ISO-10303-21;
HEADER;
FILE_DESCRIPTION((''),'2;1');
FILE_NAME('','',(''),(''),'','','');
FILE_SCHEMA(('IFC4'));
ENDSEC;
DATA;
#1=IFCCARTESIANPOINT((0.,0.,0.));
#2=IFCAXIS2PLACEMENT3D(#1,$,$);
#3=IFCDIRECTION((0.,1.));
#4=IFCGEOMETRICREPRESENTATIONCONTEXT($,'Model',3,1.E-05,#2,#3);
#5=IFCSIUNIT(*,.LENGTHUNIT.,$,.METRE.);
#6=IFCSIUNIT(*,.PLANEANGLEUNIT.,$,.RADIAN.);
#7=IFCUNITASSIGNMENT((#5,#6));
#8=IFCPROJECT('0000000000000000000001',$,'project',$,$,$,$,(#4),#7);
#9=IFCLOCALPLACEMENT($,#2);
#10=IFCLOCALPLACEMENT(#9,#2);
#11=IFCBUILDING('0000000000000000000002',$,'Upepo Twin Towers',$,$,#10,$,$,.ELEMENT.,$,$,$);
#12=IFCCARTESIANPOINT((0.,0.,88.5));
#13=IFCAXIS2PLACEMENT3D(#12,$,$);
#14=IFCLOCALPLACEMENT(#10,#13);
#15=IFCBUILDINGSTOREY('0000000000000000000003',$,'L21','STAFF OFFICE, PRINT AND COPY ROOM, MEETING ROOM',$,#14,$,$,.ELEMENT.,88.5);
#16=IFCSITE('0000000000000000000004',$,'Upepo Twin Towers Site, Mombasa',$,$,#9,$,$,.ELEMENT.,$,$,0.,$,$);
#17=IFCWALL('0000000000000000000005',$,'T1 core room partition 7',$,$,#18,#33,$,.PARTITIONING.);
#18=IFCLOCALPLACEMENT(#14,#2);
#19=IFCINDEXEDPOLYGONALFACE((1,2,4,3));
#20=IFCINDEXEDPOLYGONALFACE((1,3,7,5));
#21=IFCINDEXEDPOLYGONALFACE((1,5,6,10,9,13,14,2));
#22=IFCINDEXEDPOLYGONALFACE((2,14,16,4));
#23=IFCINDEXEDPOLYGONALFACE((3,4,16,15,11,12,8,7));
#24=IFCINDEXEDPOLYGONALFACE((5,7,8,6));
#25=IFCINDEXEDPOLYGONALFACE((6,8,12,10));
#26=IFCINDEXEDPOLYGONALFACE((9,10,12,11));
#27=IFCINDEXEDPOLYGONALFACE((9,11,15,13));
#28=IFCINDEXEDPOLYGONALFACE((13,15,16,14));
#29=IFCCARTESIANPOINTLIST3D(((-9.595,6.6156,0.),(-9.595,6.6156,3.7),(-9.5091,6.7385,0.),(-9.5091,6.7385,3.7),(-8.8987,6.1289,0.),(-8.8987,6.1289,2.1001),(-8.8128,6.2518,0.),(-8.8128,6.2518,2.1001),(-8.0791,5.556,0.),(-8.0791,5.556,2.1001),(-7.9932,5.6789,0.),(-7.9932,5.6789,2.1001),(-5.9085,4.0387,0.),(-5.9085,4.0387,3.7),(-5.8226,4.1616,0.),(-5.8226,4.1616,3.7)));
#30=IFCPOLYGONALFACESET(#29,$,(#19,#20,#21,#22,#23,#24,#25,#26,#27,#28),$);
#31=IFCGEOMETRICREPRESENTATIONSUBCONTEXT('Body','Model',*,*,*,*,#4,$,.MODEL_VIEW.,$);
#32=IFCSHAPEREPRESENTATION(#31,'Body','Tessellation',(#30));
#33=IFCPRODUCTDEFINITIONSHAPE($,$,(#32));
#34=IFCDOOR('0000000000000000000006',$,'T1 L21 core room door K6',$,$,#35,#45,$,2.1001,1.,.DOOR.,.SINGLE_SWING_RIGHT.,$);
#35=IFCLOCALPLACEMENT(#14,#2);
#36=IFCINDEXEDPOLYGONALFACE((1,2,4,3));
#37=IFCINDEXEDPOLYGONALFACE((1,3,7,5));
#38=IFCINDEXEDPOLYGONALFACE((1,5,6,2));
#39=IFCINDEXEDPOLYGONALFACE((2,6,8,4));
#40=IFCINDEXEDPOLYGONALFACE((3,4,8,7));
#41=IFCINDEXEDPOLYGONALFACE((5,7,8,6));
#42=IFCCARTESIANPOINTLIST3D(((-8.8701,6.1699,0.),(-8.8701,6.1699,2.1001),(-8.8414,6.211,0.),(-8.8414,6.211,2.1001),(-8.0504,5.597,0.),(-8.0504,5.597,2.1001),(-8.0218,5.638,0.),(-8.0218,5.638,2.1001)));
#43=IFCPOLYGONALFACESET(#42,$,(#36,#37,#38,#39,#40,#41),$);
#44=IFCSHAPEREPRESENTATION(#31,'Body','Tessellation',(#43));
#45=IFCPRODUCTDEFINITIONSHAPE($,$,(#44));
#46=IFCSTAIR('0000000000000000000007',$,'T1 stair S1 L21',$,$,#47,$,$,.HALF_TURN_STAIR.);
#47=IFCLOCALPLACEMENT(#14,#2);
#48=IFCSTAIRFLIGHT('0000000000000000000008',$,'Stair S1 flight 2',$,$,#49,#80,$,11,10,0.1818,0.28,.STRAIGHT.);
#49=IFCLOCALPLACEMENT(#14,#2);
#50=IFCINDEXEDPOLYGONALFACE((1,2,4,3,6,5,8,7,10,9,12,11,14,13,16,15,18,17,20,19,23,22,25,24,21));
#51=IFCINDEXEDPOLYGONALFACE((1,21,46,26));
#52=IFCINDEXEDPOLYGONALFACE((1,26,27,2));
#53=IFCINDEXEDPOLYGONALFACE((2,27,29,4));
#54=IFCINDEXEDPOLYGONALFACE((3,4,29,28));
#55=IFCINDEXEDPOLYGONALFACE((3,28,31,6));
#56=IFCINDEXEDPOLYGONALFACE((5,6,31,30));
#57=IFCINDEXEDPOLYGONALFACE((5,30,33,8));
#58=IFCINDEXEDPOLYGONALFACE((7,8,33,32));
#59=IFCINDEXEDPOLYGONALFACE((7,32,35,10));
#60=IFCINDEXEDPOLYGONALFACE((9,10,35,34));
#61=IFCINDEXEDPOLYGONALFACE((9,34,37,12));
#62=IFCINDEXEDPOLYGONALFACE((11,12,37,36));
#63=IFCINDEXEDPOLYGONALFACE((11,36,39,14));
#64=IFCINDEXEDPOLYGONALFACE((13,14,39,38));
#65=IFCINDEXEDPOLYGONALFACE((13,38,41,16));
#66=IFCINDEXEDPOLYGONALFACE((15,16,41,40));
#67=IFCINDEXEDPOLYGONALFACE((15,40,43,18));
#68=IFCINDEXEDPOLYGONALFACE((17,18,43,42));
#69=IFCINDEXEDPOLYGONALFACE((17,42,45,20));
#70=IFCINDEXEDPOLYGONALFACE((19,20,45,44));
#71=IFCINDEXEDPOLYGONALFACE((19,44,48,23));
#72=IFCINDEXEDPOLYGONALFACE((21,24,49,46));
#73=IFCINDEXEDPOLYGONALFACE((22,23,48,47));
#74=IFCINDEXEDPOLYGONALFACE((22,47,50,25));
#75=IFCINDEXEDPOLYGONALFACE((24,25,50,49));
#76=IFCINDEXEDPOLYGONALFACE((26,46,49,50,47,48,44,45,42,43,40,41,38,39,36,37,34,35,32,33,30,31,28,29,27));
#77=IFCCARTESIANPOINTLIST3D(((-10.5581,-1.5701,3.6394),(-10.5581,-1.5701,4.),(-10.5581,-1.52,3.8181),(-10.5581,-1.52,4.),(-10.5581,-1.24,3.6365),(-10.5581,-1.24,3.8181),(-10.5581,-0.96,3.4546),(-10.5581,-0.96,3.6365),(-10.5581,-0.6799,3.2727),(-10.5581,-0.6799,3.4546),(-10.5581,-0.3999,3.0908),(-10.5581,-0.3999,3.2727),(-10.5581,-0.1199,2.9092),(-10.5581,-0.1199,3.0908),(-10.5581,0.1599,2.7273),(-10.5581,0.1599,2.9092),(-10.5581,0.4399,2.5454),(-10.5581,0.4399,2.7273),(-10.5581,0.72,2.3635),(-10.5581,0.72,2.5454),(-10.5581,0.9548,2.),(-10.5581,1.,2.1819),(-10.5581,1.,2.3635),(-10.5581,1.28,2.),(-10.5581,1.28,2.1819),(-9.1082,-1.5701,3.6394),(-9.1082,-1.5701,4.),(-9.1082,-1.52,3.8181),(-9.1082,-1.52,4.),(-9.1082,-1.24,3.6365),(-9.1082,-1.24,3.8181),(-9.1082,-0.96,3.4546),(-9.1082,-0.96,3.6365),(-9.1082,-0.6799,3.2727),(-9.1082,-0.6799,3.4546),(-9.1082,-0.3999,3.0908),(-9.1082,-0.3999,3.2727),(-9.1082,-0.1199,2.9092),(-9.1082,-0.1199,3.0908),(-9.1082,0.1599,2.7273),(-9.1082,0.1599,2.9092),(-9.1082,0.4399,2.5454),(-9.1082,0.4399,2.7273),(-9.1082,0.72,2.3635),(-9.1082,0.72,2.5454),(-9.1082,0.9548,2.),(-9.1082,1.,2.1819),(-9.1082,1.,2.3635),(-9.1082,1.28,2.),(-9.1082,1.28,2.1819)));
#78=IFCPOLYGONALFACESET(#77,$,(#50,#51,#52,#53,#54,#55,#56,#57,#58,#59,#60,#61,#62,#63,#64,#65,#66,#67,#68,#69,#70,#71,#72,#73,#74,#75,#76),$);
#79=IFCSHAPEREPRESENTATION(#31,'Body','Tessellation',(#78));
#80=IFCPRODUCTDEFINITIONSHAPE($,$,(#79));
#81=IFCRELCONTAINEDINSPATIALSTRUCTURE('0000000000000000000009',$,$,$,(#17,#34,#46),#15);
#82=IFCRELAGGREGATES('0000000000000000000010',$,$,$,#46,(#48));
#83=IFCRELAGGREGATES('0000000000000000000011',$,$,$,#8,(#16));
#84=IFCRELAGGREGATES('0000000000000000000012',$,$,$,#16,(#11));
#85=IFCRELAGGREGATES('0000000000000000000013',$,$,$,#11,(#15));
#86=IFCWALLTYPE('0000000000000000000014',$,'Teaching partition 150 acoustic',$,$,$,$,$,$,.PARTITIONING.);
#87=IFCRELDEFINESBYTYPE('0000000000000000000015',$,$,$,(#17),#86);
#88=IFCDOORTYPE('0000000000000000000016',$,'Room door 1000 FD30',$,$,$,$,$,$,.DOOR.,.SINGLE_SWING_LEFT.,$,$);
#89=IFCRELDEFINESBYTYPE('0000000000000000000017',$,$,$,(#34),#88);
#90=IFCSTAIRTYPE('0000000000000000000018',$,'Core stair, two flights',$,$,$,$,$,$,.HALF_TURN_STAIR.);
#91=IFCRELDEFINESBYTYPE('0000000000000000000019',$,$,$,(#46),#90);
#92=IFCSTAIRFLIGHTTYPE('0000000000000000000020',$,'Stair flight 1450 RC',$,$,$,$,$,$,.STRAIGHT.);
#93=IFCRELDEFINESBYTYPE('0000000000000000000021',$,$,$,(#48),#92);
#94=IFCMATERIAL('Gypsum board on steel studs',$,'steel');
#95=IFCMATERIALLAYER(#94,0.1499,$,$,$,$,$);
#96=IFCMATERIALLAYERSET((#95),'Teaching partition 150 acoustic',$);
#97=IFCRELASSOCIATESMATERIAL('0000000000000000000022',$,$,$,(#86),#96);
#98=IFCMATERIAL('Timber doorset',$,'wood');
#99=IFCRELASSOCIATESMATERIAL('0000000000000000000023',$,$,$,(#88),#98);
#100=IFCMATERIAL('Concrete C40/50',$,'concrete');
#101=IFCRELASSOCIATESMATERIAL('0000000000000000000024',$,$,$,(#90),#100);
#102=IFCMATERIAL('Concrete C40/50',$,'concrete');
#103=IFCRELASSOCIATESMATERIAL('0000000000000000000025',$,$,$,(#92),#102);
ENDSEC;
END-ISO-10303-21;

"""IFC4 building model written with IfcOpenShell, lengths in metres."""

from ifc_helpers import new_model, si_unit, direction, frame, frame_2d, origin, place, context, subcontext, project, spatial, polyline, rectangle, outline, extrude, material, layer, layer_set, type_object, element, fill, aggregate, save


model = new_model("IFC4")

# Units and contexts
model_context = context("Model", 3, precision=1e-05, world=origin(), true_north=direction((0.0, 1.0)))
body_context = subcontext(model_context, "Body", "Model", "MODEL_VIEW")
ifc_project = project(units=[si_unit("LENGTHUNIT", "METRE"), si_unit("PLANEANGLEUNIT", "RADIAN")], contexts=[model_context])

# Site, building, storey
site_placement = place(None, origin())
site = spatial("IfcSite", under=ifc_project, at=site_placement, Name="Upepo Twin Towers Site, Mombasa", CompositionType="ELEMENT", RefElevation=0.0)
building_placement = place(site_placement, origin())
building = spatial("IfcBuilding", under=site, at=building_placement, Name="Upepo Twin Towers", CompositionType="ELEMENT")
storey_placement = place(building_placement, frame((0.0, 0.0, 88.5)))
storey = spatial("IfcBuildingStorey", under=building, at=storey_placement, Name="L21", Description="STAFF OFFICE, PRINT AND COPY ROOM, MEETING ROOM", CompositionType="ELEMENT", Elevation=88.5)

# Wall, opening, door
ifc_material_1 = material(Name="Gypsum board on steel studs", Category="steel")
ifc_layer_1 = layer(ifc_material_1, 0.1499)
ifc_layer_set_1 = layer_set([ifc_layer_1], Name="Teaching partition 150 acoustic")
wall_type_1 = type_object("IfcWallType", Name="Teaching partition 150 acoustic", PredefinedType="PARTITIONING", material=ifc_layer_set_1)
ifc_material_2 = material(Name="Timber doorset", Category="wood")
door_type_1 = type_object("IfcDoorType", Name="Room door 1000 FD30", OperationType="SINGLE_SWING_LEFT", PredefinedType="DOOR", material=ifc_material_2)
wall_1_placement = place(storey_placement, frame((-5.8655, 4.1001, 0.0), z_axis=(0.0, 0.0, 1.0), x_axis=(-0.819614, 0.572916, 0.0)))
wall_1 = element("IfcWall", 1, at=wall_1_placement, inside=storey, type_object=wall_type_1, Name="T1 core room partition 7", PredefinedType="PARTITIONING", context=body_context, shape_type="SweptSolid", body=[
    extrude(rectangle(XDim=4.4978, YDim=0.1499, at=frame_2d((2.249, 0.0))), origin(), (0.0, 0.0, 1.0), 3.7),
])
opening_1_placement = place(wall_1_placement, frame((2.6484, 0.0, 0.0)))
opening_1 = element("IfcOpeningElement", 2, at=opening_1_placement, cuts=wall_1, PredefinedType="OPENING", context=body_context, shape_type="SweptSolid", body=[
    extrude(rectangle(XDim=1.0, YDim=2.1001, at=frame_2d((0.5, 1.05))), frame((0.0, 0.085, 0.0), z_axis=(0.0, -1.0, 0.0), x_axis=(1.0, 0.0, 0.0)), (0.0, 0.0, 1.0), 0.1699),
])
door_1_placement = place(opening_1_placement, origin())
door_1 = element("IfcDoor", 3, at=door_1_placement, inside=storey, type_object=door_type_1, Name="T1 L21 core room door K6", OperationType="SINGLE_SWING_RIGHT", OverallHeight=2.1001, OverallWidth=1.0, PredefinedType="DOOR", context=body_context, shape_type="SweptSolid", body=[
    extrude(rectangle(XDim=1.0, YDim=2.1001, at=frame_2d((0.5, 1.05))), frame((0.0, 0.0249, 0.0), z_axis=(0.0, -1.0, 0.0), x_axis=(1.0, 0.0, 0.0)), (0.0, 0.0, 1.0), 0.05),
])
fill(opening_1, door_1)

# Stair, stair flight
ifc_material_3 = material(Name="Concrete C40/50", Category="concrete")
stair_type = type_object("IfcStairType", Name="Core stair, two flights", PredefinedType="HALF_TURN_STAIR", material=ifc_material_3)
stair_placement = place(storey_placement, origin())
stair = element("IfcStair", 4, at=stair_placement, inside=storey, type_object=stair_type, Name="T1 stair S1 L21", PredefinedType="HALF_TURN_STAIR")
ifc_material_4 = material(Name="Concrete C40/50", Category="concrete")
stair_flight_type = type_object("IfcStairFlightType", Name="Stair flight 1450 RC", PredefinedType="STRAIGHT", material=ifc_material_4)
stair_flight_placement = place(storey_placement, frame((-9.8333, 1.28, 2.0), z_axis=(0.0, 0.0, 1.0), x_axis=(0.0, -1.0, 0.0)))
stair_flight = element("IfcStairFlight", 5, at=stair_flight_placement, type_object=stair_flight_type, Name="Stair S1 flight 2", NumberOfRisers=11, NumberOfTreads=10, PredefinedType="STRAIGHT", RiserHeight=0.1818, TreadLength=0.28, context=body_context, shape_type="SweptSolid", body=[
    extrude(outline(polyline([(0.0, 0.0), (0.0, 0.1819), (0.28, 0.1819), (0.28, 0.3635), (0.5601, 0.3635), (0.5601, 0.5454), (0.8401, 0.5454), (0.8401, 0.7273), (1.1201, 0.7273), (1.1201, 0.9092), (1.3999, 0.9092), (1.3999, 1.0908), (1.6799, 1.0908), (1.6799, 1.2727), (1.96, 1.2727), (1.96, 1.4546), (2.24, 1.4546), (2.24, 1.6365), (2.52, 1.6365), (2.52, 1.8181), (2.8, 1.8181), (2.8, 2.0), (2.8501, 2.0), (2.8501, 1.6394), (0.3252, 0.0), (0.0, 0.0)])), frame((0.0, 0.7251, 0.0), z_axis=(0.0, -1.0, 0.0), x_axis=(1.0, 0.0, 0.0)), (0.0, 0.0, 1.0), 1.45),
])
aggregate(stair, [stair_flight])

save(model, "model.ifc")
